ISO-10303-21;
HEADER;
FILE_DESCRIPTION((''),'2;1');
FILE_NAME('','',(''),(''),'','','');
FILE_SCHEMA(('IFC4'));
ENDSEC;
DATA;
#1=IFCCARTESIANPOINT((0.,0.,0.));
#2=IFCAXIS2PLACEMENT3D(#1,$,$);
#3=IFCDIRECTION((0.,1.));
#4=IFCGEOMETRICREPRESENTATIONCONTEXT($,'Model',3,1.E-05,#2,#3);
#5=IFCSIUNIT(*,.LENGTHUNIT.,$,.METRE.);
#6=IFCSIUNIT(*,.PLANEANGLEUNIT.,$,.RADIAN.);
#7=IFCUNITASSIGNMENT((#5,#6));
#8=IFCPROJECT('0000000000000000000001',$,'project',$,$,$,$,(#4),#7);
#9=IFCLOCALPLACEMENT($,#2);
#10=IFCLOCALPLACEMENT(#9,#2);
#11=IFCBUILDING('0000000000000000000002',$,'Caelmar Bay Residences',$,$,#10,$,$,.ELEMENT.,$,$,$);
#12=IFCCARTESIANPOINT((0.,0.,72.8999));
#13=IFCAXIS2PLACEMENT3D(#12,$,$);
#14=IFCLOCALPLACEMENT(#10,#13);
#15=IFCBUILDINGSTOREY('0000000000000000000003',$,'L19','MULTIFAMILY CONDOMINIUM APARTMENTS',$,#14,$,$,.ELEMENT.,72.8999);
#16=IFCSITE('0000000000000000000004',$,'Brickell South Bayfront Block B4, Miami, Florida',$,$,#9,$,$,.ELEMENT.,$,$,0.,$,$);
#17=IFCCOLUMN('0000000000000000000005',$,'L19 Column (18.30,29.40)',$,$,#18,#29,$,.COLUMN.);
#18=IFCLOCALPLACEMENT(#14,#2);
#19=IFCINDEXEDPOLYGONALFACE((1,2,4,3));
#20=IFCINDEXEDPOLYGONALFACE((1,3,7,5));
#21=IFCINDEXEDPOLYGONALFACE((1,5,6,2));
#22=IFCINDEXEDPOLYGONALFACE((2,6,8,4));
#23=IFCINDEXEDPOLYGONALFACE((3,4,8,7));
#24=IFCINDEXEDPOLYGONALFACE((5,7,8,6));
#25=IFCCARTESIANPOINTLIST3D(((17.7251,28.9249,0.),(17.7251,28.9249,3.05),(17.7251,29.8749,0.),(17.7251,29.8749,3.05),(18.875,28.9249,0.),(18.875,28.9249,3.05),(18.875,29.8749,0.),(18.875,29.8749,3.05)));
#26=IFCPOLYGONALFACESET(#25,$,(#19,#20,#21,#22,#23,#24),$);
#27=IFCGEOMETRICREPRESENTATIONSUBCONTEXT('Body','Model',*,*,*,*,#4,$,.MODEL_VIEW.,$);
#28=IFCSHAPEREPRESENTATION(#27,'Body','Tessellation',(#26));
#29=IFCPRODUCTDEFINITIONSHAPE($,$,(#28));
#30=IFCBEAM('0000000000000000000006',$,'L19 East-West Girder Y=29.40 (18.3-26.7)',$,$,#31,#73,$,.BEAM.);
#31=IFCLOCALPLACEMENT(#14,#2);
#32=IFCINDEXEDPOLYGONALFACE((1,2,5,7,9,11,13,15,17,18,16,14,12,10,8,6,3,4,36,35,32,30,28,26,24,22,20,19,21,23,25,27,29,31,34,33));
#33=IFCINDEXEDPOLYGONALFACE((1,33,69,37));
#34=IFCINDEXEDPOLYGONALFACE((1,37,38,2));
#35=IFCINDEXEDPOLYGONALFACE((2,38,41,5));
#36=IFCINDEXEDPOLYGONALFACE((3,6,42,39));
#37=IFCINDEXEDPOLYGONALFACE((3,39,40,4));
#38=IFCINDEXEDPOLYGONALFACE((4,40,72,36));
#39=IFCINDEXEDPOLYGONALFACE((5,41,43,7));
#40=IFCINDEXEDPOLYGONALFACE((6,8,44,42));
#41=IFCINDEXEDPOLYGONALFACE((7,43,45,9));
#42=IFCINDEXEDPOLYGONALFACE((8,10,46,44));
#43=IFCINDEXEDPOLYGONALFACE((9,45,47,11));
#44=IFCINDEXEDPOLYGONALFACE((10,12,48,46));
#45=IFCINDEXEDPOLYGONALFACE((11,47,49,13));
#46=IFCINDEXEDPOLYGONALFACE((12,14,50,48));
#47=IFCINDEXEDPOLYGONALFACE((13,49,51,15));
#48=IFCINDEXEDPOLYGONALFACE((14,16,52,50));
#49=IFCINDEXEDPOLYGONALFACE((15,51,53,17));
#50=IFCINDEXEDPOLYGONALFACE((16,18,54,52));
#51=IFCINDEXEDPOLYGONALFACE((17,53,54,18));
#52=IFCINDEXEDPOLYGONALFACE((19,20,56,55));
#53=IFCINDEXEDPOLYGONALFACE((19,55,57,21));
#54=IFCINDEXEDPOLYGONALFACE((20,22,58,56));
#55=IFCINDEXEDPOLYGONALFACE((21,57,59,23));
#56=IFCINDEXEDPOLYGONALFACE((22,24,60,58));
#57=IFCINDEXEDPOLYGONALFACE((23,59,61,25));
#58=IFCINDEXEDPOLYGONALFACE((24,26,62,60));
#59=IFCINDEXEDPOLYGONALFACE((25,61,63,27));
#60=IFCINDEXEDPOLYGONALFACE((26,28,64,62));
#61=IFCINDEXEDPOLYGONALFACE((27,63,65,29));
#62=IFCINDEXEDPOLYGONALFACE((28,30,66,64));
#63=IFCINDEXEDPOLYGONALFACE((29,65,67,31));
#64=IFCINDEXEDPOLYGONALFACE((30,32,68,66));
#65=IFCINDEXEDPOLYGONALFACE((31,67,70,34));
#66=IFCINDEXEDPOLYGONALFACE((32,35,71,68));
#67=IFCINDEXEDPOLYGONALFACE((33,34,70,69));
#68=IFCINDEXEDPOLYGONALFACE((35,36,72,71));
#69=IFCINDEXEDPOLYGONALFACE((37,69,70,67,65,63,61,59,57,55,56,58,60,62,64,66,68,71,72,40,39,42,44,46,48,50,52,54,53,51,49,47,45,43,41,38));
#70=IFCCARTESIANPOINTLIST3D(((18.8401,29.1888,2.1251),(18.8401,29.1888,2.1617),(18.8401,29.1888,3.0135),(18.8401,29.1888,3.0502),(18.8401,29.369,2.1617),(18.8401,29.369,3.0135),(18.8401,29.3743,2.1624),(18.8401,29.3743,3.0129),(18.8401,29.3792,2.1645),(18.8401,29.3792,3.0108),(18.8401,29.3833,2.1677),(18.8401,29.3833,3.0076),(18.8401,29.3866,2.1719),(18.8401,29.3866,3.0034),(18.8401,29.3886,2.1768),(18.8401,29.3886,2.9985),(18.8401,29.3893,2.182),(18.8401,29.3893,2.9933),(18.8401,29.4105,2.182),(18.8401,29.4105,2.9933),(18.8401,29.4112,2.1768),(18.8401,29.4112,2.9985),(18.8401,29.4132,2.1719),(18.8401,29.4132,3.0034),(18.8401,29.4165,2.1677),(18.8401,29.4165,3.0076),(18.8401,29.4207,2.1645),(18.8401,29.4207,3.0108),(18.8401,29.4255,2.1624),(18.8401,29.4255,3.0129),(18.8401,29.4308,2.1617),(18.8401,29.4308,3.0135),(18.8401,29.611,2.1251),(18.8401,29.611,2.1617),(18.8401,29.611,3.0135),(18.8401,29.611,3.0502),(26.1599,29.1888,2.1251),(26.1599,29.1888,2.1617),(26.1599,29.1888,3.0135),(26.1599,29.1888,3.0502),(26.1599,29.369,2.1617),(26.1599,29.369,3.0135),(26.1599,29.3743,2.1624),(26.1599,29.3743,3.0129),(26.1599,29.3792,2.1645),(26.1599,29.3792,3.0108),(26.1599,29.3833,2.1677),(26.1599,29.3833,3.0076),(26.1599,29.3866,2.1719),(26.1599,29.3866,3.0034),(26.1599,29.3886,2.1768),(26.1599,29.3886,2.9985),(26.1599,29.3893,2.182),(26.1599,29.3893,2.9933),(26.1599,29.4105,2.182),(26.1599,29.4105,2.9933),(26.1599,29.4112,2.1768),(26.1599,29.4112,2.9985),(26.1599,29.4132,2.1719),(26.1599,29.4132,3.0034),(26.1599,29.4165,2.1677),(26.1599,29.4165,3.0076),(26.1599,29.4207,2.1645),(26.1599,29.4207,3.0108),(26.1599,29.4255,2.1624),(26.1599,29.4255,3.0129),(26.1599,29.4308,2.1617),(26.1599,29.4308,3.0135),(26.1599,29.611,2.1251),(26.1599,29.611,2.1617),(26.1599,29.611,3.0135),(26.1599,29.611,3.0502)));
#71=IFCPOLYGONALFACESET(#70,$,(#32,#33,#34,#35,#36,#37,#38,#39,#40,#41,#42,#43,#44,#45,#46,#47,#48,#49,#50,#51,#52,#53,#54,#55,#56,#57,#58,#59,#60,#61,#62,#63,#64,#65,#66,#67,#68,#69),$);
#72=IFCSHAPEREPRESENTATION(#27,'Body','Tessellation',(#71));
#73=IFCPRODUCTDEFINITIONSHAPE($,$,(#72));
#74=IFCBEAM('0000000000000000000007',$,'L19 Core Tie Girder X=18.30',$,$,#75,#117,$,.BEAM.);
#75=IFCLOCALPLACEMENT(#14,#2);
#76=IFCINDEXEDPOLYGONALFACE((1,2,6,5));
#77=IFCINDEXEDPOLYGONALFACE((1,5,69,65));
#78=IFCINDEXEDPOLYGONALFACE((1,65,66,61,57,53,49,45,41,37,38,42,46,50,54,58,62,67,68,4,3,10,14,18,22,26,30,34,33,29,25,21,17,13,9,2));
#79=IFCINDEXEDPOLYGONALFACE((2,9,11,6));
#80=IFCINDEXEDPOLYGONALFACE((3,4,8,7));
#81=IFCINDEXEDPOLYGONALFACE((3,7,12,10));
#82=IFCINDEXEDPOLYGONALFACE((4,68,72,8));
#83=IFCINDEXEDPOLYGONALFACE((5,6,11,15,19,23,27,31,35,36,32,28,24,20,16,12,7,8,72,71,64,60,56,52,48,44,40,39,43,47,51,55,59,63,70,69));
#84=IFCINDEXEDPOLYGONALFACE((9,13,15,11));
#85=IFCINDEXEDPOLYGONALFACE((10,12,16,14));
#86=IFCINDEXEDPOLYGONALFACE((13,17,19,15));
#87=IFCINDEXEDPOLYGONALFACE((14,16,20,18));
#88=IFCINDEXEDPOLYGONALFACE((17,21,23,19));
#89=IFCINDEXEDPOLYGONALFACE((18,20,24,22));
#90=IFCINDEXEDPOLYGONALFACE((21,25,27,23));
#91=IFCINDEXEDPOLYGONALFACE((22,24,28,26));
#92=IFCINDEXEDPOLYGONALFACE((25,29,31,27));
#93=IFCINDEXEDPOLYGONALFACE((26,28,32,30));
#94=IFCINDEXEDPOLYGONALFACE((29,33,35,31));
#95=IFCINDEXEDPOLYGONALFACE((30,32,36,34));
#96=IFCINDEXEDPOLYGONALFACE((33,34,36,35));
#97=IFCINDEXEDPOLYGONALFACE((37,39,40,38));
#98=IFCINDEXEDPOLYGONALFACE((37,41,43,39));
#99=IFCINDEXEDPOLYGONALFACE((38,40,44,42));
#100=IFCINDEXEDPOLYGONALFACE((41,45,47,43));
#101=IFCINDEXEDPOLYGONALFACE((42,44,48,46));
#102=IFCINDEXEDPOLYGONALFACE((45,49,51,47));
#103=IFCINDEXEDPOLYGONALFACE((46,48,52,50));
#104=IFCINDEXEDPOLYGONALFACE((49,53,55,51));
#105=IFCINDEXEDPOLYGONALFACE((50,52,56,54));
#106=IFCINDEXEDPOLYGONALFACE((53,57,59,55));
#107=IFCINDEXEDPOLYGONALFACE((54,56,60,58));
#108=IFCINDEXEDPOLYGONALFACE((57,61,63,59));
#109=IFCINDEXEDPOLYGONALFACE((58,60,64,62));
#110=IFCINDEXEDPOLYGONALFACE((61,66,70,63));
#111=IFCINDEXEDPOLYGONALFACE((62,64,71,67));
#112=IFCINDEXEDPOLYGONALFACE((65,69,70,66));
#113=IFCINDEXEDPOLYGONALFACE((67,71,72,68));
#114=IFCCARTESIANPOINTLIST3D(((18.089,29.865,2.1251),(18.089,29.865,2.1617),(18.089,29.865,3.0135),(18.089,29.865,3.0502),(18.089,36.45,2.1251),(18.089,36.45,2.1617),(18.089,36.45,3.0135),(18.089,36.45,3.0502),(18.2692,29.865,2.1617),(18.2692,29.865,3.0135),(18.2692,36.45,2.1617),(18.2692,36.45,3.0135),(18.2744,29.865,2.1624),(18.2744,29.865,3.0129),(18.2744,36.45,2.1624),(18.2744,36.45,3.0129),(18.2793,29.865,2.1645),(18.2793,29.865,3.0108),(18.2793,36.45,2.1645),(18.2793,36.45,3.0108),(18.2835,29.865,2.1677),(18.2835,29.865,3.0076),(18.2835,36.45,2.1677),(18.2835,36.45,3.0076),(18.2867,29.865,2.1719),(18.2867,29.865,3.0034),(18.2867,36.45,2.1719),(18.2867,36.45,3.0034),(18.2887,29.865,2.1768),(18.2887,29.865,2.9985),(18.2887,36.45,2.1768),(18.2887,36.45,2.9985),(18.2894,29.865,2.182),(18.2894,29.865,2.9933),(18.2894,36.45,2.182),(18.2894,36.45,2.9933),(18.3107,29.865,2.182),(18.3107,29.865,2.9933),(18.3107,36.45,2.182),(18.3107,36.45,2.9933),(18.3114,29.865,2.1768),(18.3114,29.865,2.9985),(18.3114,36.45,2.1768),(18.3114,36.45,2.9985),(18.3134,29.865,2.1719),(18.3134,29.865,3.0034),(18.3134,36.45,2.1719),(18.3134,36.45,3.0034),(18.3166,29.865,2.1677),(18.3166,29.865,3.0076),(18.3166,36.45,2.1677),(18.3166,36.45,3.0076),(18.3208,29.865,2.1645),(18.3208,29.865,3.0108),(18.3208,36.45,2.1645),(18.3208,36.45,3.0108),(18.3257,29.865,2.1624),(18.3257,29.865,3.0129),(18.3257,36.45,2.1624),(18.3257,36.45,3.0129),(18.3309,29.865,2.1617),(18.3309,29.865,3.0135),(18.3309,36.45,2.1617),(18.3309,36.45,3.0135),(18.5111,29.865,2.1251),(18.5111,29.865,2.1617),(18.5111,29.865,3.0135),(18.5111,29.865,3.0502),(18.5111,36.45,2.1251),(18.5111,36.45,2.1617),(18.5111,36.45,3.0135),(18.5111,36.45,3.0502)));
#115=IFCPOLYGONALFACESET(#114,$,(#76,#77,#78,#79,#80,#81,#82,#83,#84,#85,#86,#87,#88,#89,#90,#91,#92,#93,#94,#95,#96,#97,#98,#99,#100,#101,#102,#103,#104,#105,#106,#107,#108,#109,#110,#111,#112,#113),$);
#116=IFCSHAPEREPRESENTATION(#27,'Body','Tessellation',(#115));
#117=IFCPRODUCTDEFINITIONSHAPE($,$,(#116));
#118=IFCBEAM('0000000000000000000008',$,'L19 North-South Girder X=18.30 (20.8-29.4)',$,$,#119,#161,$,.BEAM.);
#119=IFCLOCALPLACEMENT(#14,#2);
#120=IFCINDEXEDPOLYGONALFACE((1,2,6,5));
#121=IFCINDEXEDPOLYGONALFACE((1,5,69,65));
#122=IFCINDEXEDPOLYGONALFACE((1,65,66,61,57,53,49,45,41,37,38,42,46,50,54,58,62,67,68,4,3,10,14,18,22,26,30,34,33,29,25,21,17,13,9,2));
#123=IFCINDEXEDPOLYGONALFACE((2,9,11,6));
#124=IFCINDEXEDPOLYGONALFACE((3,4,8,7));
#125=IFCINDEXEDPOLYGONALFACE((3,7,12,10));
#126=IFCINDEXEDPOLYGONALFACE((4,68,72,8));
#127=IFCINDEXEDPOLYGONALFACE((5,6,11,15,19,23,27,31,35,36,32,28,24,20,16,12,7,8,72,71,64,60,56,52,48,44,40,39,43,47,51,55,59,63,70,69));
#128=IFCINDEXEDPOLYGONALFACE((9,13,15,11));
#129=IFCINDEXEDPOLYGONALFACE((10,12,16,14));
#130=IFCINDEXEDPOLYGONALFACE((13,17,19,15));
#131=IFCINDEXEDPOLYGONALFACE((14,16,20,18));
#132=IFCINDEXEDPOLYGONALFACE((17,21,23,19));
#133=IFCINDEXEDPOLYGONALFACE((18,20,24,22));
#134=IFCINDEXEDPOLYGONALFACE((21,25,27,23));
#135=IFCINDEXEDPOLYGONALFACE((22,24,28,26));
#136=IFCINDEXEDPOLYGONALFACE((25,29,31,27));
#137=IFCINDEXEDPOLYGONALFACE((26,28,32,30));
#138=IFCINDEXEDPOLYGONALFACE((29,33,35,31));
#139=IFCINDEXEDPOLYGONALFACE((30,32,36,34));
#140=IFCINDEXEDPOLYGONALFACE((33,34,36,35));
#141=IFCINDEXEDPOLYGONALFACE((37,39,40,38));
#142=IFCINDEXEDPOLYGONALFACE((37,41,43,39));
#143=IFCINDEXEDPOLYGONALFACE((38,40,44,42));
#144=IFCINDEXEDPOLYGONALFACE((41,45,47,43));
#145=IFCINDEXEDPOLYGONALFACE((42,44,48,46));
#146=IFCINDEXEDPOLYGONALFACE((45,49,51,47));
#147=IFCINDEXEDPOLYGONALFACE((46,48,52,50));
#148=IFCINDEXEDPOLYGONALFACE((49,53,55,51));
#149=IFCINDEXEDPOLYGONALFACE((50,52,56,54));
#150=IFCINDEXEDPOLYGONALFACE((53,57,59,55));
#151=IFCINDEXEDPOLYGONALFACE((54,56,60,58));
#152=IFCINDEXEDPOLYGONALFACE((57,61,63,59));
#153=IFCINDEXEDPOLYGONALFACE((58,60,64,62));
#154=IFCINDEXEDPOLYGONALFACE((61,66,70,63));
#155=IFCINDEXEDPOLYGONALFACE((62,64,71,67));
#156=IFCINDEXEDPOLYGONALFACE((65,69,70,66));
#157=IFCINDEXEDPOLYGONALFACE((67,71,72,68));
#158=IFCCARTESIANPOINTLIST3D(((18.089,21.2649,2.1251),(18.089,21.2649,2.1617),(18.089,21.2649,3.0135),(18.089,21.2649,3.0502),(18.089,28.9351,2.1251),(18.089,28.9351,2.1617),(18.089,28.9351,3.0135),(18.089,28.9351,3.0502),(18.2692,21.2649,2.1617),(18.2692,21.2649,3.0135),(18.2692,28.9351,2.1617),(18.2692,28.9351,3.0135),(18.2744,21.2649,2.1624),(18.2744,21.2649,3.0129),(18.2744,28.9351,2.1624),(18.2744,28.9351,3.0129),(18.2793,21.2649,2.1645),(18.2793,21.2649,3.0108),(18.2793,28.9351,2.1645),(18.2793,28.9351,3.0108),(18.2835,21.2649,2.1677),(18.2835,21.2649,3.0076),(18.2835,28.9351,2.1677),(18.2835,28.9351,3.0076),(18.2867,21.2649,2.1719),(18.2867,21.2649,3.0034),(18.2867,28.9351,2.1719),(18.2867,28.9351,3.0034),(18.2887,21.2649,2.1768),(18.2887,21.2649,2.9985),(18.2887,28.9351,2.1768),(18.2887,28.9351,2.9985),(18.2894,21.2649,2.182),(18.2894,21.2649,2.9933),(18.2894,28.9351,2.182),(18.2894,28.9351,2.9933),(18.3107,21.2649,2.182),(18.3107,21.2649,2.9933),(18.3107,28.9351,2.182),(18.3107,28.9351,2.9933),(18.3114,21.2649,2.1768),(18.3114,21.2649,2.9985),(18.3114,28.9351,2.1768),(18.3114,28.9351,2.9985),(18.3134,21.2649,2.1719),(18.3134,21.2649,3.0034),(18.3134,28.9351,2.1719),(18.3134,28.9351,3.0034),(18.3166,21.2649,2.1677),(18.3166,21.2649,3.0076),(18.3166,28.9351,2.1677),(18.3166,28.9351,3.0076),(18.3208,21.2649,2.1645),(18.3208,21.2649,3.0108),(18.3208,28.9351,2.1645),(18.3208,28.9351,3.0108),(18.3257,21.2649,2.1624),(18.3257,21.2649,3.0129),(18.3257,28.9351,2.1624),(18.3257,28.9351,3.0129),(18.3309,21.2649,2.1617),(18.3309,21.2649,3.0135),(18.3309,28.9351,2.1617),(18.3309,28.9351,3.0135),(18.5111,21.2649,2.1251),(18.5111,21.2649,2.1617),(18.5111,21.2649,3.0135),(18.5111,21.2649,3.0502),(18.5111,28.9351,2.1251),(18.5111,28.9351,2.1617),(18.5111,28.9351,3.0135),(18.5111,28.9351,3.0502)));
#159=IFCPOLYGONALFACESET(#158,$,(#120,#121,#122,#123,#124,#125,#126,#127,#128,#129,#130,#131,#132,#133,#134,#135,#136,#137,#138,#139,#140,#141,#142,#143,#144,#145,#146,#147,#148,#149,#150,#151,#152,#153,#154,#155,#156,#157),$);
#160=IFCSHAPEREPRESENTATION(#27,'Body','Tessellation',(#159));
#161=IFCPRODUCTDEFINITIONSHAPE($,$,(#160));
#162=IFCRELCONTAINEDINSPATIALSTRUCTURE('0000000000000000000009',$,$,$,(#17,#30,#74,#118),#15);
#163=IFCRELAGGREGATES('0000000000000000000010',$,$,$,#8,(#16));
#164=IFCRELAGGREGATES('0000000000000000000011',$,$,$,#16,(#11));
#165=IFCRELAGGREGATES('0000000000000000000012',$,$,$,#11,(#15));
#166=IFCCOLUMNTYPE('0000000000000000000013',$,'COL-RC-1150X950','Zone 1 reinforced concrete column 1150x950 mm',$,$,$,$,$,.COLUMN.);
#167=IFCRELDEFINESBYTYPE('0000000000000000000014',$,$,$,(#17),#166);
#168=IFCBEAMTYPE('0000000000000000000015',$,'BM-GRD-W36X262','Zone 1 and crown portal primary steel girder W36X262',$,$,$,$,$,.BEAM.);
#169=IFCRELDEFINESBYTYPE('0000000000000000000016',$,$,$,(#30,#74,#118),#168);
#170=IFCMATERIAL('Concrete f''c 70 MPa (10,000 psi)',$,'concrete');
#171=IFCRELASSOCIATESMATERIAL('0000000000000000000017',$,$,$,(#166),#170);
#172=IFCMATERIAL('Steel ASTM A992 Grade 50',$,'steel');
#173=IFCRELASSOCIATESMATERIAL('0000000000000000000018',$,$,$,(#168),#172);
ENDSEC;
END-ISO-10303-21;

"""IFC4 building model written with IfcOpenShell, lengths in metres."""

from ifc_helpers import new_model, si_unit, direction, frame, origin, origin_2d, place, context, subcontext, project, spatial, rectangle, i_section, extrude, material, material_profile, profile_set, type_object, element, save


model = new_model("IFC4")

# Units and contexts
model_context = context("Model", 3, precision=1e-05, world=origin(), true_north=direction((0.0, 1.0)))
body_context = subcontext(model_context, "Body", "Model", "MODEL_VIEW")
ifc_project = project(units=[si_unit("LENGTHUNIT", "METRE"), si_unit("PLANEANGLEUNIT", "RADIAN")], contexts=[model_context])

# Site, building, storey
site_placement = place(None, origin())
site = spatial("IfcSite", under=ifc_project, at=site_placement, Name="Brickell South Bayfront Block B4, Miami, Florida", CompositionType="ELEMENT", RefElevation=0.0)
building_placement = place(site_placement, origin())
building = spatial("IfcBuilding", under=site, at=building_placement, Name="Caelmar Bay Residences", CompositionType="ELEMENT")
storey_placement = place(building_placement, frame((0.0, 0.0, 72.8999)))
storey = spatial("IfcBuildingStorey", under=building, at=storey_placement, Name="L19", Description="MULTIFAMILY CONDOMINIUM APARTMENTS", CompositionType="ELEMENT", Elevation=72.8999)

# Column
ifc_material_1 = material(Name="Concrete f'c 70 MPa (10,000 psi)", Category="concrete")
ifc_material_profile_1 = material_profile(ifc_material_1, rectangle(XDim=1.1499, YDim=0.95, at=origin_2d()), Name="RC-COL-1150X950")
ifc_profile_set_1 = profile_set([ifc_material_profile_1], Name="Concrete f'c 70 MPa (10,000 psi)")
column_type = type_object("IfcColumnType", Name="COL-RC-1150X950", Description="Zone 1 reinforced concrete column 1150x950 mm", PredefinedType="COLUMN", material=ifc_profile_set_1)
column_placement = place(storey_placement, frame((18.3, 29.3999, 0.0), z_axis=(0.0, 0.0, 1.0), x_axis=(1.0, 0.0, 0.0)))
element("IfcColumn", 1, at=column_placement, inside=storey, type_object=column_type, Name="L19 Column (18.30,29.40)", PredefinedType="COLUMN", context=body_context, shape_type="SweptSolid", body=[
    extrude(rectangle(XDim=1.1499, YDim=0.95, at=origin_2d()), origin(), (0.0, 0.0, 1.0), 3.05),
])

# Beams
ifc_material_2 = material(Name="Steel ASTM A992 Grade 50", Category="steel")
ifc_material_profile_2 = material_profile(ifc_material_2, i_section(OverallWidth=0.4221, OverallDepth=0.925, WebThickness=0.0212, FlangeThickness=0.0366, FilletRadius=0.0203, at=origin_2d()), Name="W36X262")
ifc_profile_set_2 = profile_set([ifc_material_profile_2], Name="Steel ASTM A992 Grade 50")
beam_type_1 = type_object("IfcBeamType", Name="BM-GRD-W36X262", Description="Zone 1 and crown portal primary steel girder W36X262", PredefinedType="BEAM", material=ifc_profile_set_2)
beam_1_placement = place(storey_placement, frame((18.8401, 29.3999, 2.5876), z_axis=(1.0, 0.0, 0.0), x_axis=(0.0, 1.0, 0.0)))
element("IfcBeam", 2, at=beam_1_placement, inside=storey, type_object=beam_type_1, Name="L19 East-West Girder Y=29.40 (18.3-26.7)", PredefinedType="BEAM", context=body_context, shape_type="SweptSolid", body=[
    extrude(i_section(OverallWidth=0.4221, OverallDepth=0.925, WebThickness=0.0212, FlangeThickness=0.0366, FilletRadius=0.0203, at=origin_2d()), origin(), (0.0, 0.0, 1.0), 7.3198),
])
beam_2_placement = place(storey_placement, frame((18.3, 29.865, 2.5876), z_axis=(0.0, 1.0, 0.0), x_axis=(-1.0, 0.0, 0.0)))
element("IfcBeam", 3, at=beam_2_placement, inside=storey, type_object=beam_type_1, Name="L19 Core Tie Girder X=18.30", PredefinedType="BEAM", context=body_context, shape_type="SweptSolid", body=[
    extrude(i_section(OverallWidth=0.4221, OverallDepth=0.925, WebThickness=0.0212, FlangeThickness=0.0366, FilletRadius=0.0203, at=origin_2d()), origin(), (0.0, 0.0, 1.0), 6.585),
])
beam_3_placement = place(storey_placement, frame((18.3, 21.2649, 2.5876), z_axis=(0.0, 1.0, 0.0), x_axis=(-1.0, 0.0, 0.0)))
element("IfcBeam", 4, at=beam_3_placement, inside=storey, type_object=beam_type_1, Name="L19 North-South Girder X=18.30 (20.8-29.4)", PredefinedType="BEAM", context=body_context, shape_type="SweptSolid", body=[
    extrude(i_section(OverallWidth=0.4221, OverallDepth=0.925, WebThickness=0.0212, FlangeThickness=0.0366, FilletRadius=0.0203, at=origin_2d()), origin(), (0.0, 0.0, 1.0), 7.6702),
])

save(model, "model.ifc")
